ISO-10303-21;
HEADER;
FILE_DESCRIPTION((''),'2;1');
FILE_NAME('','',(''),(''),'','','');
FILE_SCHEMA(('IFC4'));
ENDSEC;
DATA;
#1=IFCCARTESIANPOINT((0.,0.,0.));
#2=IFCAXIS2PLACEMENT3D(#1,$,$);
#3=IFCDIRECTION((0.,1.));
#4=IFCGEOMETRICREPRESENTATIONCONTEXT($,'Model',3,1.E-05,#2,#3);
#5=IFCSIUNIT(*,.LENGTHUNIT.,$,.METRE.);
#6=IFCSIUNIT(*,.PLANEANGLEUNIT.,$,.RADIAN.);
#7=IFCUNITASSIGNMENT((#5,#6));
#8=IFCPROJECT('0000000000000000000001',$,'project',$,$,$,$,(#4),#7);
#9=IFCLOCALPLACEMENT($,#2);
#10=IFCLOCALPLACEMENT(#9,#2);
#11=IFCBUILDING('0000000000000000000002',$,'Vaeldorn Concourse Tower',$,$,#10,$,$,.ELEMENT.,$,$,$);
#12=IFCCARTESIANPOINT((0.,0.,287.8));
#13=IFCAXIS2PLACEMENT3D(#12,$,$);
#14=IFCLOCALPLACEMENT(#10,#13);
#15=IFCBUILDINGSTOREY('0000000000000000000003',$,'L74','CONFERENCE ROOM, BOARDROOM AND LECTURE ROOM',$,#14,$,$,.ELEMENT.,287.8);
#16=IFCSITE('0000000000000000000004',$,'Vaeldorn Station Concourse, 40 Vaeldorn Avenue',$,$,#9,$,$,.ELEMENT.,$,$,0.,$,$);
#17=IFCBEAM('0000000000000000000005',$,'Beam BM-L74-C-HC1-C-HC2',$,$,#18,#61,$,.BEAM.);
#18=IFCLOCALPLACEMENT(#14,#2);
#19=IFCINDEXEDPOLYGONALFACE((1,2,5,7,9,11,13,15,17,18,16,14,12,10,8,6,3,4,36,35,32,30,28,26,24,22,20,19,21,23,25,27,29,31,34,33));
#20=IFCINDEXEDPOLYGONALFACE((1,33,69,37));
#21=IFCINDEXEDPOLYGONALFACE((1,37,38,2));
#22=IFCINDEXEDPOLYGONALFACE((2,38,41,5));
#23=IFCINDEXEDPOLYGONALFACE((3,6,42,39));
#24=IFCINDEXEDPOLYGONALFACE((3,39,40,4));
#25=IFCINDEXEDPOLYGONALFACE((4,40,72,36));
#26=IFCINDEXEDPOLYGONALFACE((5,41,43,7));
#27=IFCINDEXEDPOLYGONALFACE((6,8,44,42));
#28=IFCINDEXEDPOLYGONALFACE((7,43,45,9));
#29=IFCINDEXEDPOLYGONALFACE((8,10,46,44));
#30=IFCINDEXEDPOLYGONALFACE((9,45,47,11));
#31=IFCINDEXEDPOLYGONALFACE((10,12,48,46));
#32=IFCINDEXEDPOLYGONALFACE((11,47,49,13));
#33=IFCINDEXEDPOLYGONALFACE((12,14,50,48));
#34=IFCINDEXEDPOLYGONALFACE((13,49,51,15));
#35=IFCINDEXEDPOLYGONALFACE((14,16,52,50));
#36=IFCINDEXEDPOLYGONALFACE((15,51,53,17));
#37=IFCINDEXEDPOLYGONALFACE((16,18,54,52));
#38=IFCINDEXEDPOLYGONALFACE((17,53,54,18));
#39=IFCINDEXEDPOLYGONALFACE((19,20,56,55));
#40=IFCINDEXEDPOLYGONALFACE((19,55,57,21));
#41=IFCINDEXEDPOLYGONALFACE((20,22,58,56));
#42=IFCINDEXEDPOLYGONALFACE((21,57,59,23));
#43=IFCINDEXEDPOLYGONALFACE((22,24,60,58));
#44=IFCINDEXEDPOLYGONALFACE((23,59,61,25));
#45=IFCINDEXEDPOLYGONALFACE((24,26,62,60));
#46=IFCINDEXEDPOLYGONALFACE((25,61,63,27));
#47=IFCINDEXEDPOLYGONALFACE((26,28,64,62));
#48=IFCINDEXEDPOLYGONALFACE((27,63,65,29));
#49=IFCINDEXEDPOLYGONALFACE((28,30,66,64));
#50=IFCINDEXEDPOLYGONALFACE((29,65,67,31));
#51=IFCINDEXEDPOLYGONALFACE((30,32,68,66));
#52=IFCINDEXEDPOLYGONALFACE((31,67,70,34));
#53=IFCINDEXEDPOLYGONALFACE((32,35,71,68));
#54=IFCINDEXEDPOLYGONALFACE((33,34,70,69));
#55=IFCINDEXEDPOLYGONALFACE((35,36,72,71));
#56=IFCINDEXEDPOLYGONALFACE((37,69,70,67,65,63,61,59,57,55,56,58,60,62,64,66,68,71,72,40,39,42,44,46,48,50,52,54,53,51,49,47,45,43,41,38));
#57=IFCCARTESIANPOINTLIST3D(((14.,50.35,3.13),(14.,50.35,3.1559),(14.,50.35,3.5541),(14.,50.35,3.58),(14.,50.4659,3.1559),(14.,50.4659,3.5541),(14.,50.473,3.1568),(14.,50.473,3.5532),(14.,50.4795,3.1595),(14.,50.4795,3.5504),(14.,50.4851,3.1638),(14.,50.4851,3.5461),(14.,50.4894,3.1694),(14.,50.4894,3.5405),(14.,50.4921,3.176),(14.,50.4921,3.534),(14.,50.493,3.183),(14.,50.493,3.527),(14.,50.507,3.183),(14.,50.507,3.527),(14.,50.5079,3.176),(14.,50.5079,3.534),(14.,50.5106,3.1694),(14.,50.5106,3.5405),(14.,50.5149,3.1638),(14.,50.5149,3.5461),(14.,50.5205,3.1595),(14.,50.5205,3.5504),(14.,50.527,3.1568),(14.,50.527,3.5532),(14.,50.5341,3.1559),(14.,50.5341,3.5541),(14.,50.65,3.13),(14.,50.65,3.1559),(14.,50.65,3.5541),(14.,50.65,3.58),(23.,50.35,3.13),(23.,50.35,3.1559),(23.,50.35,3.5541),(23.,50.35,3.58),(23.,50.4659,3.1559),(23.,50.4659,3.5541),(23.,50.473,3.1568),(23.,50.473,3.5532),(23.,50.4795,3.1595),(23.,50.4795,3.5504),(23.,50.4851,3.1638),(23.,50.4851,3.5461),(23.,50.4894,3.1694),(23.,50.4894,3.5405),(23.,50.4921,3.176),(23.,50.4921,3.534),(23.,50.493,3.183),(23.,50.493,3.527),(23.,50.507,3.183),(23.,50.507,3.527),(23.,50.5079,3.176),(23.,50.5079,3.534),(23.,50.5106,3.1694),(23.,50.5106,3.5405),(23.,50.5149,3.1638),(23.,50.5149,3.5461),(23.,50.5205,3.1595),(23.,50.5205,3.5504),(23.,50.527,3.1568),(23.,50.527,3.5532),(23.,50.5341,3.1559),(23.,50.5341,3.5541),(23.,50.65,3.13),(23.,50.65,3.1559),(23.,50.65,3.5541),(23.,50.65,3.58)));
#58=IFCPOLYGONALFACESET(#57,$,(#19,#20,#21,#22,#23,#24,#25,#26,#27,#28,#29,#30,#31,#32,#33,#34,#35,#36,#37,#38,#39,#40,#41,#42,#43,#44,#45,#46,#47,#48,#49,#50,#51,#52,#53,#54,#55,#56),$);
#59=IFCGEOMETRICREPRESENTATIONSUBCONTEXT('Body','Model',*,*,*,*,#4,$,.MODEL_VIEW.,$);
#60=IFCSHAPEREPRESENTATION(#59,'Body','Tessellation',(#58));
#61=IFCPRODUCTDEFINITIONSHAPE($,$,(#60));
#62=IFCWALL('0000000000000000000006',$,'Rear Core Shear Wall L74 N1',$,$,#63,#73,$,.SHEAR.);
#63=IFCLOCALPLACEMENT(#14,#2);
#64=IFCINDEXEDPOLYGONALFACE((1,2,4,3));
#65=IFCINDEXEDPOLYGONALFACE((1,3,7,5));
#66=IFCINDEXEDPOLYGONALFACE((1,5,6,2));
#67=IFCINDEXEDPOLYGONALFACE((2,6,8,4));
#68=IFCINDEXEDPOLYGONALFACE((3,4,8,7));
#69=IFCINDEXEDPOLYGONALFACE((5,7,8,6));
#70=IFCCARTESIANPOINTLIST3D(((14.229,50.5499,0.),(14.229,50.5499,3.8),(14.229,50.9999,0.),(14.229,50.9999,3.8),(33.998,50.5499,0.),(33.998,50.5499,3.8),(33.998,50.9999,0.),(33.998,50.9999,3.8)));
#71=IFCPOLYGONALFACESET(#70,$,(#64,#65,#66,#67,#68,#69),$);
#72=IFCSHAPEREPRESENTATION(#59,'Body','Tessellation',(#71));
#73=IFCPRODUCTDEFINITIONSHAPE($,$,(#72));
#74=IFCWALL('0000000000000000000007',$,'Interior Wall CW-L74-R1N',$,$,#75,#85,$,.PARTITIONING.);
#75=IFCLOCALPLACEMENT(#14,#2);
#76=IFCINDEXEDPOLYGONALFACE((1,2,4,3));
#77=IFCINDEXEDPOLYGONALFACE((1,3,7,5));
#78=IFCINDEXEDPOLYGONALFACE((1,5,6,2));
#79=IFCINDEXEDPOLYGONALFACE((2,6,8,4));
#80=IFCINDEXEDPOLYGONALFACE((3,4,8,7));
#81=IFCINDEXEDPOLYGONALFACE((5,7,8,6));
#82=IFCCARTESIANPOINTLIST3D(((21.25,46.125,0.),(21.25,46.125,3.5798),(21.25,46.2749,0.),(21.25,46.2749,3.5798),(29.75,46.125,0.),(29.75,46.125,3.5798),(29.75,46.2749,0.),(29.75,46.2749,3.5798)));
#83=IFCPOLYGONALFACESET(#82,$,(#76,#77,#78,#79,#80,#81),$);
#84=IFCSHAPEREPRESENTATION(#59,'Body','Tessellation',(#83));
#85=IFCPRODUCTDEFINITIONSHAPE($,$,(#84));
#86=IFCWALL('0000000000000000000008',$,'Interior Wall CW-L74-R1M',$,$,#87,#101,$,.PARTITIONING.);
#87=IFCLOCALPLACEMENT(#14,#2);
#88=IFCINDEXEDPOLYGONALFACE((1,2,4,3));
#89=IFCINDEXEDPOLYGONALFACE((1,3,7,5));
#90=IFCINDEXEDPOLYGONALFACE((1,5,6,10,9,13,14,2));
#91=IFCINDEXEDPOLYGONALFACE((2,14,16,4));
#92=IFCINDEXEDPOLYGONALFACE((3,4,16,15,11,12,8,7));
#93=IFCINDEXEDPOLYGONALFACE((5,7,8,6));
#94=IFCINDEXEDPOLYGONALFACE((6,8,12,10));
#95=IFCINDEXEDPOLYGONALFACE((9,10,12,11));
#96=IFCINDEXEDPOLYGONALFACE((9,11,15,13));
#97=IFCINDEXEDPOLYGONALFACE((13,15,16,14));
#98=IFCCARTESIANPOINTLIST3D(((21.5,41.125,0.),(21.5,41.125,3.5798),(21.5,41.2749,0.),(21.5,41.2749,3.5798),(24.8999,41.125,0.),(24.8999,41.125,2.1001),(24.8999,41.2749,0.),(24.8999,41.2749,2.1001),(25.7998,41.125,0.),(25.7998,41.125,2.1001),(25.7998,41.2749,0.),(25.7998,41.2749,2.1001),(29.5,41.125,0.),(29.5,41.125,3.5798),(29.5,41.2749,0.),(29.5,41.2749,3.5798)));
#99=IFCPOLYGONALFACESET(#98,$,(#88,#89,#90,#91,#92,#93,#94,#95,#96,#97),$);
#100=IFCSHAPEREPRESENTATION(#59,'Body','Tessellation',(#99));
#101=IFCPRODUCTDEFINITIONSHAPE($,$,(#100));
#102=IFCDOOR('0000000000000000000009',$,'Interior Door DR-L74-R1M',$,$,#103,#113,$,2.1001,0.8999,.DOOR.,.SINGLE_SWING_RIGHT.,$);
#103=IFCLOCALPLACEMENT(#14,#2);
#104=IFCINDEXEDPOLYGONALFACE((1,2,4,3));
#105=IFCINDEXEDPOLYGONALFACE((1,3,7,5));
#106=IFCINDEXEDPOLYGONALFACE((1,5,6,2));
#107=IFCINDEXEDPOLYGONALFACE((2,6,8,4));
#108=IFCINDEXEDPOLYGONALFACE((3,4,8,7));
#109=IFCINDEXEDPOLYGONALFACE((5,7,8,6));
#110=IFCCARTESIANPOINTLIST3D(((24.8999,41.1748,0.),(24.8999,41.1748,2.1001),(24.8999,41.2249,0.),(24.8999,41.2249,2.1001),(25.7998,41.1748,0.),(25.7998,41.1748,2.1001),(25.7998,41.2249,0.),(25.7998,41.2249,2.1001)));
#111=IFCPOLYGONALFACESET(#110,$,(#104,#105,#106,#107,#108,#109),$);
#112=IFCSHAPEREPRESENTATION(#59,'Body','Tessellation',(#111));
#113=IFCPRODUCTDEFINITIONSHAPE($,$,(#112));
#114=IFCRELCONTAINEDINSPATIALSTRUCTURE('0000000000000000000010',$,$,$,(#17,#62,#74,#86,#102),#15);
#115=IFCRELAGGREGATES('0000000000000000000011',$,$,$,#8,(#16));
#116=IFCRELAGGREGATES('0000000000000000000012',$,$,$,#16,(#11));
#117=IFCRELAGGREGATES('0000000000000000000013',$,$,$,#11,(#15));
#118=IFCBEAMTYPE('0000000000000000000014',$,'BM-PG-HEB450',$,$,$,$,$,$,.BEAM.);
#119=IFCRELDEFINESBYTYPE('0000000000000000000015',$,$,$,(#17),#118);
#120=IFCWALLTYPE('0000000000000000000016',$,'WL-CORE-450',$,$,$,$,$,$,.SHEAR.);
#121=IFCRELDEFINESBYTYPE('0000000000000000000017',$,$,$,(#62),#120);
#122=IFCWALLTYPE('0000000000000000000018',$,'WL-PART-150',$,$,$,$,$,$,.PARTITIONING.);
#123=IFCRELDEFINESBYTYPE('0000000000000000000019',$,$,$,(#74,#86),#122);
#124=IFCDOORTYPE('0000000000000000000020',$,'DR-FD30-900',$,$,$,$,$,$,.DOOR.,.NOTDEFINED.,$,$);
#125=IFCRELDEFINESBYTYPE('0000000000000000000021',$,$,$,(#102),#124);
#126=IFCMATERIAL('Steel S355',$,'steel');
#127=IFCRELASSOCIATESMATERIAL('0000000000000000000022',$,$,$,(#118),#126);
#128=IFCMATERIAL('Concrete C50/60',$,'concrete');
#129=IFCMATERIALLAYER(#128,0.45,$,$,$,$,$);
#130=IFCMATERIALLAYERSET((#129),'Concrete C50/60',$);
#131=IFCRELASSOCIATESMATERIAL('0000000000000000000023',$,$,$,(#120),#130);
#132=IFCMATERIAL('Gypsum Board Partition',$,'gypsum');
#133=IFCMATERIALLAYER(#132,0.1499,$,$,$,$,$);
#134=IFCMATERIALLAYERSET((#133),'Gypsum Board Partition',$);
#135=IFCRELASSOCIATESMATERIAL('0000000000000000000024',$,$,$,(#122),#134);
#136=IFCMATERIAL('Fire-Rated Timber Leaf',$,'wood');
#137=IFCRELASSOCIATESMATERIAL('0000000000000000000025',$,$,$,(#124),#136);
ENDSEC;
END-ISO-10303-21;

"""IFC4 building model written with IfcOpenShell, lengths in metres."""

from ifc_helpers import new_model, si_unit, direction, frame, frame_2d, origin, origin_2d, place, context, subcontext, project, spatial, rectangle, i_section, extrude, source, transform, mapped, material, layer, layer_set, material_profile, profile_set, type_object, element, fill, save


model = new_model("IFC4")

# Units and contexts
model_context = context("Model", 3, precision=1e-05, world=origin(), true_north=direction((0.0, 1.0)))
body_context = subcontext(model_context, "Body", "Model", "MODEL_VIEW")
ifc_project = project(units=[si_unit("LENGTHUNIT", "METRE"), si_unit("PLANEANGLEUNIT", "RADIAN")], contexts=[model_context])

# Site, building, storey
site_placement = place(None, origin())
site = spatial("IfcSite", under=ifc_project, at=site_placement, Name="Vaeldorn Station Concourse, 40 Vaeldorn Avenue", CompositionType="ELEMENT", RefElevation=0.0)
building_placement = place(site_placement, origin())
building = spatial("IfcBuilding", under=site, at=building_placement, Name="Vaeldorn Concourse Tower", CompositionType="ELEMENT")
storey_placement = place(building_placement, frame((0.0, 0.0, 287.8)))
storey = spatial("IfcBuildingStorey", under=building, at=storey_placement, Name="L74", Description="CONFERENCE ROOM, BOARDROOM AND LECTURE ROOM", CompositionType="ELEMENT", Elevation=287.8)

# Shared definitions
ifc_material_1 = material(Name="Steel S355", Category="steel")

# Beam
ifc_material_profile_1 = material_profile(ifc_material_1, i_section(OverallWidth=0.3, OverallDepth=0.45, WebThickness=0.0139, FlangeThickness=0.0259, FilletRadius=0.0271, at=origin_2d()), Name="HEB 450")
ifc_profile_set_1 = profile_set([ifc_material_profile_1], Name="Steel S355")
beam_type_1 = type_object("IfcBeamType", Name="BM-PG-HEB450", PredefinedType="BEAM", material=ifc_profile_set_1)
shared_shape_1 = source(origin(), body_context, "Body", "SweptSolid", [
    extrude(i_section(OverallWidth=0.3, OverallDepth=0.45, WebThickness=0.0139, FlangeThickness=0.0259, FilletRadius=0.0271, at=origin_2d()), origin(), (0.0, 0.0, 1.0), 9.0),
])
beam_1_placement = place(storey_placement, frame((14.0, 50.5, 3.355), z_axis=(1.0, 0.0, 0.0), x_axis=(0.0, 1.0, 0.0)))
element("IfcBeam", 1, at=beam_1_placement, inside=storey, type_object=beam_type_1, Name="Beam BM-L74-C-HC1-C-HC2", PredefinedType="BEAM", context=body_context, shape_type="MappedRepresentation", body=[
    mapped(shared_shape_1, transform((0.0, 0.0, 0.0), scale=1.0)),
])

# Walls
ifc_material_2 = material(Name="Concrete C50/60", Category="concrete")
ifc_layer_1 = layer(ifc_material_2, 0.45)
ifc_layer_set_1 = layer_set([ifc_layer_1], Name="Concrete C50/60")
wall_type_1 = type_object("IfcWallType", Name="WL-CORE-450", PredefinedType="SHEAR", material=ifc_layer_set_1)
wall_1_placement = place(storey_placement, frame((14.229, 50.7749, 0.0), z_axis=(0.0, 0.0, 1.0), x_axis=(1.0, 0.0, 0.0)))
element("IfcWall", 2, at=wall_1_placement, inside=storey, type_object=wall_type_1, Name="Rear Core Shear Wall L74 N1", PredefinedType="SHEAR", context=body_context, shape_type="SweptSolid", body=[
    extrude(rectangle(XDim=19.769, YDim=0.45, at=frame_2d((9.8845, 0.0))), origin(), (0.0, 0.0, 1.0), 3.8),
])
ifc_material_3 = material(Name="Gypsum Board Partition", Category="gypsum")
ifc_layer_2 = layer(ifc_material_3, 0.1499)
ifc_layer_set_2 = layer_set([ifc_layer_2], Name="Gypsum Board Partition")
wall_type_2 = type_object("IfcWallType", Name="WL-PART-150", PredefinedType="PARTITIONING", material=ifc_layer_set_2)
wall_2_placement = place(storey_placement, frame((21.25, 46.2, 0.0), z_axis=(0.0, 0.0, 1.0), x_axis=(1.0, 0.0, 0.0)))
element("IfcWall", 3, at=wall_2_placement, inside=storey, type_object=wall_type_2, Name="Interior Wall CW-L74-R1N", PredefinedType="PARTITIONING", context=body_context, shape_type="SweptSolid", body=[
    extrude(rectangle(XDim=8.5, YDim=0.1499, at=frame_2d((4.25, 0.0))), origin(), (0.0, 0.0, 1.0), 3.5798),
])

# Wall, opening, door
wall_3_placement = place(storey_placement, frame((21.5, 41.2, 0.0), z_axis=(0.0, 0.0, 1.0), x_axis=(1.0, 0.0, 0.0)))
wall_3 = element("IfcWall", 4, at=wall_3_placement, inside=storey, type_object=wall_type_2, Name="Interior Wall CW-L74-R1M", PredefinedType="PARTITIONING", context=body_context, shape_type="SweptSolid", body=[
    extrude(rectangle(XDim=8.0, YDim=0.1499, at=frame_2d((4.0, 0.0))), origin(), (0.0, 0.0, 1.0), 3.5798),
])
opening_1_placement = place(wall_3_placement, frame((3.3999, 0.0, 0.0)))
opening_1 = element("IfcOpeningElement", 5, at=opening_1_placement, cuts=wall_3, PredefinedType="OPENING", context=body_context, shape_type="SweptSolid", body=[
    extrude(rectangle(XDim=0.8999, YDim=2.1001, at=frame_2d((0.45, 1.05))), frame((0.0, 0.085, 0.0), z_axis=(0.0, -1.0, 0.0), x_axis=(1.0, 0.0, 0.0)), (0.0, 0.0, 1.0), 0.1699),
])
ifc_material_4 = material(Name="Fire-Rated Timber Leaf", Category="wood")
door_type_1 = type_object("IfcDoorType", Name="DR-FD30-900", OperationType="NOTDEFINED", PredefinedType="DOOR", material=ifc_material_4)
shared_shape_2 = source(origin(), body_context, "Body", "SweptSolid", [
    extrude(rectangle(XDim=0.8999, YDim=2.1001, at=frame_2d((0.45, 1.05))), frame((0.0, 0.0249, 0.0), z_axis=(0.0, -1.0, 0.0), x_axis=(1.0, 0.0, 0.0)), (0.0, 0.0, 1.0), 0.05),
])
door_1_placement = place(opening_1_placement, origin())
door_1 = element("IfcDoor", 6, at=door_1_placement, inside=storey, type_object=door_type_1, Name="Interior Door DR-L74-R1M", OperationType="SINGLE_SWING_RIGHT", OverallHeight=2.1001, OverallWidth=0.8999, PredefinedType="DOOR", context=body_context, shape_type="MappedRepresentation", body=[
    mapped(shared_shape_2, transform((0.0, 0.0, 0.0), scale=1.0)),
])
fill(opening_1, door_1)

save(model, "model.ifc")
